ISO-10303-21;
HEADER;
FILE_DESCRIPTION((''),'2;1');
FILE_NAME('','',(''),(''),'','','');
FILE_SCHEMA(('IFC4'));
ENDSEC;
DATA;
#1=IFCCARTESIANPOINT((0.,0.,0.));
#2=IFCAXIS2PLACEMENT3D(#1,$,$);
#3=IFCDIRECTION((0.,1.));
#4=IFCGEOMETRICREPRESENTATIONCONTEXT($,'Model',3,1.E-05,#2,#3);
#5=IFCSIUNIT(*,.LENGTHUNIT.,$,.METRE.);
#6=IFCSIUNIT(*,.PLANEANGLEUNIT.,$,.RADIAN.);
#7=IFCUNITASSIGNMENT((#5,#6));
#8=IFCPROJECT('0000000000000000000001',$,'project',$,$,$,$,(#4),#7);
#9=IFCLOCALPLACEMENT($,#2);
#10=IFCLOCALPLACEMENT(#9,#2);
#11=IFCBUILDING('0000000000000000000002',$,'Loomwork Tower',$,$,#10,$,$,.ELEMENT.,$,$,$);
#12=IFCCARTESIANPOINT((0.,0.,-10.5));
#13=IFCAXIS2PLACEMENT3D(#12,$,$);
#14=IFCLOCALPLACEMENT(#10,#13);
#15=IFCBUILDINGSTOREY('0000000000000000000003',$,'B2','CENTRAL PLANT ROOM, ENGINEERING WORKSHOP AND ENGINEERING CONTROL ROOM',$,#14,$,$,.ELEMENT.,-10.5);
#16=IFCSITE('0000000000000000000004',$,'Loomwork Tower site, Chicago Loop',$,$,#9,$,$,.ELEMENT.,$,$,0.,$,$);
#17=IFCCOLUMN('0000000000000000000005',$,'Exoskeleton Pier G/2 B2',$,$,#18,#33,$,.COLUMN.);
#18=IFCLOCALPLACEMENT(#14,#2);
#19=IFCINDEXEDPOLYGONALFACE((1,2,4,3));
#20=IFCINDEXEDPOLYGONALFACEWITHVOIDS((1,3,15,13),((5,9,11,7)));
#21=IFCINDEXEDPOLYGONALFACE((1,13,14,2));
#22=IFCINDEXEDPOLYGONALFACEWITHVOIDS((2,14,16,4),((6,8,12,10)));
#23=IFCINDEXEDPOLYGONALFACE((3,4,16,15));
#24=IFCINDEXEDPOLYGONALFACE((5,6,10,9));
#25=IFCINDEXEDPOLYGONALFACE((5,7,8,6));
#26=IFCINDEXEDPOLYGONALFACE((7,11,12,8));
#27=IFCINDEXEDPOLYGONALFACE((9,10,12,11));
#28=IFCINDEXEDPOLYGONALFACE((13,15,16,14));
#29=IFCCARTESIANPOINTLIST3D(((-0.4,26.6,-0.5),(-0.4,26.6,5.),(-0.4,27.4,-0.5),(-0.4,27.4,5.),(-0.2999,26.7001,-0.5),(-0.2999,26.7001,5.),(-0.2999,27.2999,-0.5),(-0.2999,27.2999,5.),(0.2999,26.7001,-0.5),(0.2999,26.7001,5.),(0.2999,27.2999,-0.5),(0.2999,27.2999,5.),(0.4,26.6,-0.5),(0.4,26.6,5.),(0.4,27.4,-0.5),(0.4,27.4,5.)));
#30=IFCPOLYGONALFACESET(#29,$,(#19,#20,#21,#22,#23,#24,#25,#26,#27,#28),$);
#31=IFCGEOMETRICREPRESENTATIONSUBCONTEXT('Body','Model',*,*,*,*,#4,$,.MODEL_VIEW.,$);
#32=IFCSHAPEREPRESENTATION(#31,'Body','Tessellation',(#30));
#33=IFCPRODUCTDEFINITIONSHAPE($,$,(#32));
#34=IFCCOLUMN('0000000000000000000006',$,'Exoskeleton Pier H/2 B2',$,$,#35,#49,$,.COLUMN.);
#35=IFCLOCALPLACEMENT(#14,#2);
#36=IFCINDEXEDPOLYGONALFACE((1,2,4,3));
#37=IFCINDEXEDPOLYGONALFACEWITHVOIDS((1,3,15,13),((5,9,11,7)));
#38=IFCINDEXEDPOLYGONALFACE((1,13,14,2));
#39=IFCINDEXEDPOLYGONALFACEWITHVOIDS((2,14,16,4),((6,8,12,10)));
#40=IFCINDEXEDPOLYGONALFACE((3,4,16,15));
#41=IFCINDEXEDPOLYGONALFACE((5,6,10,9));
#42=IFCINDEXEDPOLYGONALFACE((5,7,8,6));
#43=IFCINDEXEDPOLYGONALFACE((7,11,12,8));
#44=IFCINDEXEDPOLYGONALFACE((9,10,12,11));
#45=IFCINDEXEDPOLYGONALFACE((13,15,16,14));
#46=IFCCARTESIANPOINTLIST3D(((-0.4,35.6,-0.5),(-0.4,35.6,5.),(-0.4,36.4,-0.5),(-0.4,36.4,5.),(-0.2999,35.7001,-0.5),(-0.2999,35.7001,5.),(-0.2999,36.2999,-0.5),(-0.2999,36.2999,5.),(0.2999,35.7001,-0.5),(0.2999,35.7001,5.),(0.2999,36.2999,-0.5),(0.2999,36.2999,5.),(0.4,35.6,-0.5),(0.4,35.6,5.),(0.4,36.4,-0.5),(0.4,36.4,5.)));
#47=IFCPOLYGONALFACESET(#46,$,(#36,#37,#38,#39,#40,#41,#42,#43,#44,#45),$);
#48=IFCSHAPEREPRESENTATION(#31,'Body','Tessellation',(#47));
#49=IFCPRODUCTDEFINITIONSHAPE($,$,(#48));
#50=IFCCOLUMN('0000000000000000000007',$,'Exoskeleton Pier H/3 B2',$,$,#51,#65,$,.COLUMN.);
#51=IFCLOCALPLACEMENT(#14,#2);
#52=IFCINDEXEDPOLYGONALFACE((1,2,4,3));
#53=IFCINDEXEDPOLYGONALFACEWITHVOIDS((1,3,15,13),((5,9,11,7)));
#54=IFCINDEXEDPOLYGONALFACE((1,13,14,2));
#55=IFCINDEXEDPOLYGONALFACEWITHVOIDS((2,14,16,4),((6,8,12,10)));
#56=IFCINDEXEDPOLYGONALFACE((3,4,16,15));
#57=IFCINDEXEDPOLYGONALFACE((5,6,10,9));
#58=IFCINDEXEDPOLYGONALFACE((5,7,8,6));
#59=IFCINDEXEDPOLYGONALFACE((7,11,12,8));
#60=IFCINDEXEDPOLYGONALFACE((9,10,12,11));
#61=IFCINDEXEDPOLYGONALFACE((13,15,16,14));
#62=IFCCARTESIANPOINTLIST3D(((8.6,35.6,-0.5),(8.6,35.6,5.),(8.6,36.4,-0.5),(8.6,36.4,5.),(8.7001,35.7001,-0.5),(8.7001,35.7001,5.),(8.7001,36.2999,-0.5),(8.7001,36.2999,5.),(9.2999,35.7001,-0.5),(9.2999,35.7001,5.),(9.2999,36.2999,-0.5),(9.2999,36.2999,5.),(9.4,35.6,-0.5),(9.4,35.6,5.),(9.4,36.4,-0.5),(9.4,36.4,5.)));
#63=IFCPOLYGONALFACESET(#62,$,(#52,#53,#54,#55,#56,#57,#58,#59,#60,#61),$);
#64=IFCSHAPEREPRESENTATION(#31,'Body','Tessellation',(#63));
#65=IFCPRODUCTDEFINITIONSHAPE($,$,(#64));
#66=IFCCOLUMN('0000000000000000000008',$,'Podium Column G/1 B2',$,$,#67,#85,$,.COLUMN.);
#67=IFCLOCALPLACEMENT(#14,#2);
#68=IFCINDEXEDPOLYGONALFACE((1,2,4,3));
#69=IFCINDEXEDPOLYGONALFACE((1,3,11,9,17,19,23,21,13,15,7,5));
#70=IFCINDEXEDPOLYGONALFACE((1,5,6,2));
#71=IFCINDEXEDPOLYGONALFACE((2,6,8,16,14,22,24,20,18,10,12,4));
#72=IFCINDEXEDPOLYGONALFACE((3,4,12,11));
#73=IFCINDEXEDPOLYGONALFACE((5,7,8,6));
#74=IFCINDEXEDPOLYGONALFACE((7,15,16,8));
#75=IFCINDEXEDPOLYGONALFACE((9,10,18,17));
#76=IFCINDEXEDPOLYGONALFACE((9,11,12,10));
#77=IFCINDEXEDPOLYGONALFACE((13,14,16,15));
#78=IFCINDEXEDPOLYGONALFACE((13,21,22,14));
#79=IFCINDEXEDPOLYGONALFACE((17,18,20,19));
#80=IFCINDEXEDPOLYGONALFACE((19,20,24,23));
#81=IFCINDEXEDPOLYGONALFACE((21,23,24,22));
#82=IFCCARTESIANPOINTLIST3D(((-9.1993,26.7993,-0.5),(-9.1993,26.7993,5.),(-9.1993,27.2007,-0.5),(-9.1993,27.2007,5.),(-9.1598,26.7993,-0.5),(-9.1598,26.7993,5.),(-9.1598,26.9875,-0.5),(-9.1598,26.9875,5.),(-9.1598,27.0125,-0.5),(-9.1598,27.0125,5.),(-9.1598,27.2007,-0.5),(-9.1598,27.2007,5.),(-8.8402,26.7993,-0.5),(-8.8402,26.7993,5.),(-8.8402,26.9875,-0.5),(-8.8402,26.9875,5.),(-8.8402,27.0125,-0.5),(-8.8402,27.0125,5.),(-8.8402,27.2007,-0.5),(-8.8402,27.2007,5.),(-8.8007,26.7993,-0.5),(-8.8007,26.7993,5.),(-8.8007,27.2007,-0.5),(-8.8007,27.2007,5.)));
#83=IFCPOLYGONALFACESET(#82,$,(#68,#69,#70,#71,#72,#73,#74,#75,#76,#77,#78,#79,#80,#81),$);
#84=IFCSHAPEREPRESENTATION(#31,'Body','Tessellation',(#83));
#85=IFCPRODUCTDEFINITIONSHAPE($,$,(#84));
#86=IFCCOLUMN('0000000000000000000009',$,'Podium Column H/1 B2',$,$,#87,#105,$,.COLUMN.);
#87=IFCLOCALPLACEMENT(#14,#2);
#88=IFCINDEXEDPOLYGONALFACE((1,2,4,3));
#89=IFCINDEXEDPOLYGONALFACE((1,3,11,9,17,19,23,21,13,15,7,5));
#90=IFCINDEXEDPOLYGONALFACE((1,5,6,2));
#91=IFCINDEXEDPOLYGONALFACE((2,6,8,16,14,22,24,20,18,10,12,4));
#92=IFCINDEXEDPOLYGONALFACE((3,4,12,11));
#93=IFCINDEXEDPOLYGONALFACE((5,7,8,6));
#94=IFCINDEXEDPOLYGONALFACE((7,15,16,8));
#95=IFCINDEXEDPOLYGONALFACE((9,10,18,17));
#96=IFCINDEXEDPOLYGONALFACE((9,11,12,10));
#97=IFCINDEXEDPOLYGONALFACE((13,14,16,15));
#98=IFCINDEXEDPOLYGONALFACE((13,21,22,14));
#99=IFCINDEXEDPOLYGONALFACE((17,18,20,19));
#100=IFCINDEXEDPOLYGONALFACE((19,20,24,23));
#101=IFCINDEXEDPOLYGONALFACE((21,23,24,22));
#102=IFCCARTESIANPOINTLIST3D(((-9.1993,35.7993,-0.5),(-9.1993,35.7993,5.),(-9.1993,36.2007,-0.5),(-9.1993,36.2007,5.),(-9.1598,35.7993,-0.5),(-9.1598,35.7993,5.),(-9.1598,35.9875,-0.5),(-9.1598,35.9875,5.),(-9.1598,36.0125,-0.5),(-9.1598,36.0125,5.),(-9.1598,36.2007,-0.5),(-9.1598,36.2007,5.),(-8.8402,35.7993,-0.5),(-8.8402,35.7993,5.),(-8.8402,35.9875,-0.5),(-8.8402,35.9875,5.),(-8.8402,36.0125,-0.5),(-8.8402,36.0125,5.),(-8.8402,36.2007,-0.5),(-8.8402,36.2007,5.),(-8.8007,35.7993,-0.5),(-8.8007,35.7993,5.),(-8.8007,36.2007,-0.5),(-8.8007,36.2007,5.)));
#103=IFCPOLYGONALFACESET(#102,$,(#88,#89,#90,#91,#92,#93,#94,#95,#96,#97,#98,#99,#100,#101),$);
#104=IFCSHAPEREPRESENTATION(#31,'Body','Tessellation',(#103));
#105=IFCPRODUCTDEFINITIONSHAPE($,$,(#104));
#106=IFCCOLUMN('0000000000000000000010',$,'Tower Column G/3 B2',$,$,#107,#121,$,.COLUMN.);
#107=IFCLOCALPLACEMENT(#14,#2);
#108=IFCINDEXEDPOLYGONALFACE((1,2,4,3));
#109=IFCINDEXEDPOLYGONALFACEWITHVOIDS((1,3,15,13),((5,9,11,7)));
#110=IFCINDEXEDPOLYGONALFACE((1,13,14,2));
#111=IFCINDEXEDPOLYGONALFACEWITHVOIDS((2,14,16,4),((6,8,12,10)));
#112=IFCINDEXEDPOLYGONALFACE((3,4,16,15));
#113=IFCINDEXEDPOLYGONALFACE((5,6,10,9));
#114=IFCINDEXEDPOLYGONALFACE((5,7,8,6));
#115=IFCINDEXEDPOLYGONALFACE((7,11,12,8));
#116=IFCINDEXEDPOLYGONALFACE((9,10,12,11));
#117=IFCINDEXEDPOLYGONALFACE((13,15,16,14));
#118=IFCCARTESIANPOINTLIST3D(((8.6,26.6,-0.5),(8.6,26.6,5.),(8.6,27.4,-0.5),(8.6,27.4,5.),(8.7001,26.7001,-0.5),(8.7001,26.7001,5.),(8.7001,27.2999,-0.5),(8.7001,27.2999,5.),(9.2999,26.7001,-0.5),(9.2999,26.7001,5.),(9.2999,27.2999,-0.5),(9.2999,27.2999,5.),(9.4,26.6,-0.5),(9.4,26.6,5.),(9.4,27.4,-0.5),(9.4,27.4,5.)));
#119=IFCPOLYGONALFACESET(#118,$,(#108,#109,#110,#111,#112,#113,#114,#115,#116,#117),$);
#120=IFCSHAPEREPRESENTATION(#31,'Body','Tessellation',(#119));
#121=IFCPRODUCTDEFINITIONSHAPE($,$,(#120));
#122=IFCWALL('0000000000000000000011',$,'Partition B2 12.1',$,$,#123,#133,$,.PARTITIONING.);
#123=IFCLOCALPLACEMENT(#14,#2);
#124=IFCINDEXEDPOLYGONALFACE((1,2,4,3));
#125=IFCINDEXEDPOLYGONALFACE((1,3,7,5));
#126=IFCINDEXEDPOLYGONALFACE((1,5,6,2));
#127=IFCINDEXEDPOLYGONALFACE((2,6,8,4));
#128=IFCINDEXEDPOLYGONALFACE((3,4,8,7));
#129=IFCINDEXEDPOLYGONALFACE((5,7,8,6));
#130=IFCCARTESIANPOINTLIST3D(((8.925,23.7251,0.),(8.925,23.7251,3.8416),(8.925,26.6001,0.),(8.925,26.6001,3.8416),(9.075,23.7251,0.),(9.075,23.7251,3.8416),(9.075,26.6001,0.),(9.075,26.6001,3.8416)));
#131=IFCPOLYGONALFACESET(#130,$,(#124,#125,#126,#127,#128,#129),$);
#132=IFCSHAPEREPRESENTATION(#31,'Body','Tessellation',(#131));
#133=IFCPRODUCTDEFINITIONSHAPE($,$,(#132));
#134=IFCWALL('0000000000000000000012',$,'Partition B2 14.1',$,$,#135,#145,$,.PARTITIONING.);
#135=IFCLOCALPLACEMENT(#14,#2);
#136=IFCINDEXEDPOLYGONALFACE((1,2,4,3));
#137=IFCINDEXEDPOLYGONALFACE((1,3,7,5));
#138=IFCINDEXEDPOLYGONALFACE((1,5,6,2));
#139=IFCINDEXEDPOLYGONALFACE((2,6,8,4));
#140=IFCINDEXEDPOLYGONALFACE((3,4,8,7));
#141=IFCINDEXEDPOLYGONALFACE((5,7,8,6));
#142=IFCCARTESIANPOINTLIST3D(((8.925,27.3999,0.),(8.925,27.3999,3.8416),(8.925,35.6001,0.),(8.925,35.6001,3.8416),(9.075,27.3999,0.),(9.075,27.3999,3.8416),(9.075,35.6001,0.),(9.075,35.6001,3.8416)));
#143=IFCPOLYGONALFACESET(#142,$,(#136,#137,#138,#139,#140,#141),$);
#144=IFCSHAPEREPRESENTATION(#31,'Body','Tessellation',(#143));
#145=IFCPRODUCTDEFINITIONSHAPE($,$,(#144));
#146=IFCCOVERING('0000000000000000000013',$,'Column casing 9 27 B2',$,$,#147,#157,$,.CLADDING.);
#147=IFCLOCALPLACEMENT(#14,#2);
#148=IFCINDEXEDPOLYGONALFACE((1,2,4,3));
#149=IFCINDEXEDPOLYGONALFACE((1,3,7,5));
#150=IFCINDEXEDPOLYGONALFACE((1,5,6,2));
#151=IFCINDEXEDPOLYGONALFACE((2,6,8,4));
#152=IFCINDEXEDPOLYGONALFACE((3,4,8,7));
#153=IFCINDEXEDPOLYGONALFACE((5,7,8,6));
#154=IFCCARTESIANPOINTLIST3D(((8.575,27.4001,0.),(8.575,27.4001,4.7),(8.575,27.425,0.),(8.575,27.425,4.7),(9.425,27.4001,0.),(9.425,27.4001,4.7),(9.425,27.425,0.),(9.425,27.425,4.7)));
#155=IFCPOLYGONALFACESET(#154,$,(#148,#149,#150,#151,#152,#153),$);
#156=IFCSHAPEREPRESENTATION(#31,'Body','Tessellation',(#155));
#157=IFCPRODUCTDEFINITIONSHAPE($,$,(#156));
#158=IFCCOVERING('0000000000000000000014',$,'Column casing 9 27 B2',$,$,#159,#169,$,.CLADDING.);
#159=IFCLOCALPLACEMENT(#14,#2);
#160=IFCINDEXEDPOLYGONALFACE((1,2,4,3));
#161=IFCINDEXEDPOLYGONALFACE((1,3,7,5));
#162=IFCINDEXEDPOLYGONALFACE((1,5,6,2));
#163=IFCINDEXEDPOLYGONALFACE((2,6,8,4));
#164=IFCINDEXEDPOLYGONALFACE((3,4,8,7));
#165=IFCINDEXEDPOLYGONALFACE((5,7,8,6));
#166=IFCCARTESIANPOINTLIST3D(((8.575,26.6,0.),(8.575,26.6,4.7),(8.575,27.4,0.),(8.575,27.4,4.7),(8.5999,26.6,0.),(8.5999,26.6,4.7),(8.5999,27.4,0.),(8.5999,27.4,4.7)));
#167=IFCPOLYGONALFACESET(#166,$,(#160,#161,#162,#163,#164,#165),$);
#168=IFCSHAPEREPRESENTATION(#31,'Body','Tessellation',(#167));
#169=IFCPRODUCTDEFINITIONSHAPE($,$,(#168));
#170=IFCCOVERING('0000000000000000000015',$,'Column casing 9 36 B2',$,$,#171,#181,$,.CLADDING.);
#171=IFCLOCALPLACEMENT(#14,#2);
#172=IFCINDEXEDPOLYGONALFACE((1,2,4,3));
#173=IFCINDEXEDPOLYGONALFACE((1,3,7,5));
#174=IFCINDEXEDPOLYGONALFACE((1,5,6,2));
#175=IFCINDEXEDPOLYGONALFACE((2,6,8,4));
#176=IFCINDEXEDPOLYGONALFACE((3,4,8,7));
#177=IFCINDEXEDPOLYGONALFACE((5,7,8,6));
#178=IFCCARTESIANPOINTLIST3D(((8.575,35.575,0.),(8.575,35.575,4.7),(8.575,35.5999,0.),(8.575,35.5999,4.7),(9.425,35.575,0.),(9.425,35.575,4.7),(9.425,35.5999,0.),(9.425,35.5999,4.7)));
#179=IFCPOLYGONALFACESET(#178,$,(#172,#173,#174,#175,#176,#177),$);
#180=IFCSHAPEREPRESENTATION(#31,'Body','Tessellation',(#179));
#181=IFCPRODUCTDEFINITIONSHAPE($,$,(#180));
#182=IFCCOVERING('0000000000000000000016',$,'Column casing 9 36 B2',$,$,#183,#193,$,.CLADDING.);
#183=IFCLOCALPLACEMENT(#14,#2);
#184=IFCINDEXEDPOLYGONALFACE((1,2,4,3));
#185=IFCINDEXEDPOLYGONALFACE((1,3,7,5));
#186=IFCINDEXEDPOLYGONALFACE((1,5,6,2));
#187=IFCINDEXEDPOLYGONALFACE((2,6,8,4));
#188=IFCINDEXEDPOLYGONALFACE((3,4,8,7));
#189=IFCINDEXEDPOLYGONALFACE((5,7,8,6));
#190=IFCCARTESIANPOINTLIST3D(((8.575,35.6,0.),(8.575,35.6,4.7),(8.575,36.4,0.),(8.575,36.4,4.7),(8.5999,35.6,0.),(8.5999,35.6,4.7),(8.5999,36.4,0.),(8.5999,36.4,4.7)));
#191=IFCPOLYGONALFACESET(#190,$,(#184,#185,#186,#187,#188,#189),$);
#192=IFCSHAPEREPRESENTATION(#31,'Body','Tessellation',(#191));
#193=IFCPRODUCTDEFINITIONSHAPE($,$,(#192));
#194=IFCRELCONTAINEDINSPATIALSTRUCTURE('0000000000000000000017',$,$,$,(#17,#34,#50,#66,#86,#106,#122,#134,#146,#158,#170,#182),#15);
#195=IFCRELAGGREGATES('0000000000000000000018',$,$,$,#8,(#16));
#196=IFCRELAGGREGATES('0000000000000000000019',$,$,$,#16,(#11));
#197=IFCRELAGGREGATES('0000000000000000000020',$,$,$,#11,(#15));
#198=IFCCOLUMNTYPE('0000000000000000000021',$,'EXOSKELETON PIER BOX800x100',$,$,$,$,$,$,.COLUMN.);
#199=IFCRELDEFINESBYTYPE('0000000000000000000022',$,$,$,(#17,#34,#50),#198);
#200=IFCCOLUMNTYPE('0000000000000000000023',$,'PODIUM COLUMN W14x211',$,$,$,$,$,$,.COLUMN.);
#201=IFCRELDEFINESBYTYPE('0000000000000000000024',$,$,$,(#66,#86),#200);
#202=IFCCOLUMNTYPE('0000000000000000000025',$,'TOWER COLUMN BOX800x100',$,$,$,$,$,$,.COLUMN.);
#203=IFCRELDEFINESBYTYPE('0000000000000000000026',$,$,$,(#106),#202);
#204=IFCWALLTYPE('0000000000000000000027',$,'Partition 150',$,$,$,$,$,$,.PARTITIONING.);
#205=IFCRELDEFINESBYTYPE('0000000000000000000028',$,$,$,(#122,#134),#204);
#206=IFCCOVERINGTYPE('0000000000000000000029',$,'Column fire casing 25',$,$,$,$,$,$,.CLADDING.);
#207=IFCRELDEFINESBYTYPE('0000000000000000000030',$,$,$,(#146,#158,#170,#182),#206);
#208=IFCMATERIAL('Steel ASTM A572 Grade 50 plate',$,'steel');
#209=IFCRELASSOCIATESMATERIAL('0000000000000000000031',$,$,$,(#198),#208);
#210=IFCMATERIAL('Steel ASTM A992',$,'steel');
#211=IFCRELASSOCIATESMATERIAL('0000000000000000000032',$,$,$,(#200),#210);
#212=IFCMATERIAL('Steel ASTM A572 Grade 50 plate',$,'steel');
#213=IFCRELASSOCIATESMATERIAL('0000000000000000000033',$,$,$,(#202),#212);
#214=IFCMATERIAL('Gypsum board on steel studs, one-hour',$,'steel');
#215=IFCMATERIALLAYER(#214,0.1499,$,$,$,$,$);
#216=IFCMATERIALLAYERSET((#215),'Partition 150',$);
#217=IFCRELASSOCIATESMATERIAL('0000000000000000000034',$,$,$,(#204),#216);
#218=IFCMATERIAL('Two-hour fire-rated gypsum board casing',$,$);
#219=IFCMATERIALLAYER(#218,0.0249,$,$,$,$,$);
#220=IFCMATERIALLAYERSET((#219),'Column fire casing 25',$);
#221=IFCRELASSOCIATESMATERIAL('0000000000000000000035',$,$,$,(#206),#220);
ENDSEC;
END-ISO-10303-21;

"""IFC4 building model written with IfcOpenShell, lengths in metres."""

from ifc_helpers import new_model, si_unit, direction, frame, frame_2d, origin, origin_2d, place, context, subcontext, project, spatial, rectangle, hollow_rectangle, i_section, extrude, material, layer, layer_set, material_profile, profile_set, type_object, element, save


model = new_model("IFC4")

# Units and contexts
model_context = context("Model", 3, precision=1e-05, world=origin(), true_north=direction((0.0, 1.0)))
body_context = subcontext(model_context, "Body", "Model", "MODEL_VIEW")
ifc_project = project(units=[si_unit("LENGTHUNIT", "METRE"), si_unit("PLANEANGLEUNIT", "RADIAN")], contexts=[model_context])

# Site, building, storey
site_placement = place(None, origin())
site = spatial("IfcSite", under=ifc_project, at=site_placement, Name="Loomwork Tower site, Chicago Loop", CompositionType="ELEMENT", RefElevation=0.0)
building_placement = place(site_placement, origin())
building = spatial("IfcBuilding", under=site, at=building_placement, Name="Loomwork Tower", CompositionType="ELEMENT")
storey_placement = place(building_placement, frame((0.0, 0.0, -10.5)))
storey = spatial("IfcBuildingStorey", under=building, at=storey_placement, Name="B2", Description="CENTRAL PLANT ROOM, ENGINEERING WORKSHOP AND ENGINEERING CONTROL ROOM", CompositionType="ELEMENT", Elevation=-10.5)

# Columns
ifc_material_1 = material(Name="Steel ASTM A572 Grade 50 plate", Category="steel")
ifc_material_profile_1 = material_profile(ifc_material_1, hollow_rectangle(XDim=0.8, YDim=0.8, WallThickness=0.1001, at=origin_2d()), Name="BOX800x100")
ifc_profile_set_1 = profile_set([ifc_material_profile_1], Name="Steel ASTM A572 Grade 50 plate")
column_type_1 = type_object("IfcColumnType", Name="EXOSKELETON PIER BOX800x100", PredefinedType="COLUMN", material=ifc_profile_set_1)
for number, where, z_axis, x_axis, name in (
    (1, (0.0, 27.0, -0.5), (0.0, 0.0, 1.0), (0.0, 1.0, 0.0), "Exoskeleton Pier G/2 B2"),
    (2, (0.0, 36.0, -0.5), (0.0, 0.0, 1.0), (1.0, 0.0, 0.0), "Exoskeleton Pier H/2 B2"),
    (3, (9.0, 36.0, -0.5), (0.0, 0.0, 1.0), (1.0, 0.0, 0.0), "Exoskeleton Pier H/3 B2"),
):
    element("IfcColumn", number, at=place(storey_placement, frame(where, z_axis=z_axis, x_axis=x_axis)), inside=storey, type_object=column_type_1, Name=name, PredefinedType="COLUMN", context=body_context, shape_type="SweptSolid", body=[
        extrude(hollow_rectangle(XDim=0.8, YDim=0.8, WallThickness=0.1001, at=origin_2d()), origin(), (0.0, 0.0, 1.0), 5.5),
    ])
ifc_material_2 = material(Name="Steel ASTM A992", Category="steel")
ifc_material_profile_2 = material_profile(ifc_material_2, i_section(OverallWidth=0.4014, OverallDepth=0.3987, WebThickness=0.0249, FlangeThickness=0.0396, at=origin_2d()), Name="W14x211")
ifc_profile_set_2 = profile_set([ifc_material_profile_2], Name="Steel ASTM A992")
column_type_2 = type_object("IfcColumnType", Name="PODIUM COLUMN W14x211", PredefinedType="COLUMN", material=ifc_profile_set_2)
for number, where, z_axis, x_axis, name in (
    (4, (-9.0, 27.0, -0.5), (0.0, 0.0, 1.0), (0.0, 1.0, 0.0), "Podium Column G/1 B2"),
    (5, (-9.0, 36.0, -0.5), (0.0, 0.0, 1.0), (0.0, 1.0, 0.0), "Podium Column H/1 B2"),
):
    element("IfcColumn", number, at=place(storey_placement, frame(where, z_axis=z_axis, x_axis=x_axis)), inside=storey, type_object=column_type_2, Name=name, PredefinedType="COLUMN", context=body_context, shape_type="SweptSolid", body=[
        extrude(i_section(OverallWidth=0.4014, OverallDepth=0.3987, WebThickness=0.0249, FlangeThickness=0.0396, at=origin_2d()), origin(), (0.0, 0.0, 1.0), 5.5),
    ])
ifc_material_3 = material(Name="Steel ASTM A572 Grade 50 plate", Category="steel")
ifc_material_profile_3 = material_profile(ifc_material_3, hollow_rectangle(XDim=0.8, YDim=0.8, WallThickness=0.1001, at=origin_2d()), Name="BOX800x100")
ifc_profile_set_3 = profile_set([ifc_material_profile_3], Name="Steel ASTM A572 Grade 50 plate")
column_type_3 = type_object("IfcColumnType", Name="TOWER COLUMN BOX800x100", PredefinedType="COLUMN", material=ifc_profile_set_3)
column_placement = place(storey_placement, frame((9.0, 27.0, -0.5), z_axis=(0.0, 0.0, 1.0), x_axis=(1.0, 0.0, 0.0)))
element("IfcColumn", 6, at=column_placement, inside=storey, type_object=column_type_3, Name="Tower Column G/3 B2", PredefinedType="COLUMN", context=body_context, shape_type="SweptSolid", body=[
    extrude(hollow_rectangle(XDim=0.8, YDim=0.8, WallThickness=0.1001, at=origin_2d()), origin(), (0.0, 0.0, 1.0), 5.5),
])

# Walls
ifc_material_4 = material(Name="Gypsum board on steel studs, one-hour", Category="steel")
ifc_layer_1 = layer(ifc_material_4, 0.1499)
ifc_layer_set_1 = layer_set([ifc_layer_1], Name="Partition 150")
wall_type = type_object("IfcWallType", Name="Partition 150", PredefinedType="PARTITIONING", material=ifc_layer_set_1)
wall_1_placement = place(storey_placement, frame((9.0, 26.6001, 0.0), z_axis=(0.0, 0.0, 1.0), x_axis=(0.0, -1.0, 0.0)))
element("IfcWall", 7, at=wall_1_placement, inside=storey, type_object=wall_type, Name="Partition B2 12.1", PredefinedType="PARTITIONING", context=body_context, shape_type="SweptSolid", body=[
    extrude(rectangle(XDim=2.875, YDim=0.1499, at=frame_2d((1.4375, 0.0))), origin(), (0.0, 0.0, 1.0), 3.8416),
])
wall_2_placement = place(storey_placement, frame((9.0, 35.6001, 0.0), z_axis=(0.0, 0.0, 1.0), x_axis=(0.0, -1.0, 0.0)))
element("IfcWall", 8, at=wall_2_placement, inside=storey, type_object=wall_type, Name="Partition B2 14.1", PredefinedType="PARTITIONING", context=body_context, shape_type="SweptSolid", body=[
    extrude(rectangle(XDim=8.2002, YDim=0.1499, at=frame_2d((4.1001, 0.0))), origin(), (0.0, 0.0, 1.0), 3.8416),
])

# Coverings
ifc_material_5 = material(Name="Two-hour fire-rated gypsum board casing")
ifc_layer_2 = layer(ifc_material_5, 0.0249)
ifc_layer_set_2 = layer_set([ifc_layer_2], Name="Column fire casing 25")
covering_type = type_object("IfcCoveringType", Name="Column fire casing 25", PredefinedType="CLADDING", material=ifc_layer_set_2)
covering_1_placement = place(storey_placement, frame((9.0, 27.4126, 0.0), z_axis=(0.0, 0.0, 1.0), x_axis=(1.0, 0.0, 0.0)))
element("IfcCovering", 9, at=covering_1_placement, inside=storey, type_object=covering_type, Name="Column casing 9 27 B2", PredefinedType="CLADDING", context=body_context, shape_type="SweptSolid", body=[
    extrude(rectangle(XDim=0.8501, YDim=0.0249, at=origin_2d()), origin(), (0.0, 0.0, 1.0), 4.7),
])
covering_2_placement = place(storey_placement, frame((8.5874, 27.0, 0.0), z_axis=(0.0, 0.0, 1.0), x_axis=(1.0, 0.0, 0.0)))
element("IfcCovering", 10, at=covering_2_placement, inside=storey, type_object=covering_type, Name="Column casing 9 27 B2", PredefinedType="CLADDING", context=body_context, shape_type="SweptSolid", body=[
    extrude(rectangle(XDim=0.0249, YDim=0.8, at=origin_2d()), origin(), (0.0, 0.0, 1.0), 4.7),
])
covering_3_placement = place(storey_placement, frame((9.0, 35.5874, 0.0), z_axis=(0.0, 0.0, 1.0), x_axis=(1.0, 0.0, 0.0)))
element("IfcCovering", 11, at=covering_3_placement, inside=storey, type_object=covering_type, Name="Column casing 9 36 B2", PredefinedType="CLADDING", context=body_context, shape_type="SweptSolid", body=[
    extrude(rectangle(XDim=0.8501, YDim=0.0249, at=origin_2d()), origin(), (0.0, 0.0, 1.0), 4.7),
])
covering_4_placement = place(storey_placement, frame((8.5874, 36.0, 0.0), z_axis=(0.0, 0.0, 1.0), x_axis=(1.0, 0.0, 0.0)))
element("IfcCovering", 12, at=covering_4_placement, inside=storey, type_object=covering_type, Name="Column casing 9 36 B2", PredefinedType="CLADDING", context=body_context, shape_type="SweptSolid", body=[
    extrude(rectangle(XDim=0.0249, YDim=0.8, at=origin_2d()), origin(), (0.0, 0.0, 1.0), 4.7),
])

save(model, "model.ifc")
